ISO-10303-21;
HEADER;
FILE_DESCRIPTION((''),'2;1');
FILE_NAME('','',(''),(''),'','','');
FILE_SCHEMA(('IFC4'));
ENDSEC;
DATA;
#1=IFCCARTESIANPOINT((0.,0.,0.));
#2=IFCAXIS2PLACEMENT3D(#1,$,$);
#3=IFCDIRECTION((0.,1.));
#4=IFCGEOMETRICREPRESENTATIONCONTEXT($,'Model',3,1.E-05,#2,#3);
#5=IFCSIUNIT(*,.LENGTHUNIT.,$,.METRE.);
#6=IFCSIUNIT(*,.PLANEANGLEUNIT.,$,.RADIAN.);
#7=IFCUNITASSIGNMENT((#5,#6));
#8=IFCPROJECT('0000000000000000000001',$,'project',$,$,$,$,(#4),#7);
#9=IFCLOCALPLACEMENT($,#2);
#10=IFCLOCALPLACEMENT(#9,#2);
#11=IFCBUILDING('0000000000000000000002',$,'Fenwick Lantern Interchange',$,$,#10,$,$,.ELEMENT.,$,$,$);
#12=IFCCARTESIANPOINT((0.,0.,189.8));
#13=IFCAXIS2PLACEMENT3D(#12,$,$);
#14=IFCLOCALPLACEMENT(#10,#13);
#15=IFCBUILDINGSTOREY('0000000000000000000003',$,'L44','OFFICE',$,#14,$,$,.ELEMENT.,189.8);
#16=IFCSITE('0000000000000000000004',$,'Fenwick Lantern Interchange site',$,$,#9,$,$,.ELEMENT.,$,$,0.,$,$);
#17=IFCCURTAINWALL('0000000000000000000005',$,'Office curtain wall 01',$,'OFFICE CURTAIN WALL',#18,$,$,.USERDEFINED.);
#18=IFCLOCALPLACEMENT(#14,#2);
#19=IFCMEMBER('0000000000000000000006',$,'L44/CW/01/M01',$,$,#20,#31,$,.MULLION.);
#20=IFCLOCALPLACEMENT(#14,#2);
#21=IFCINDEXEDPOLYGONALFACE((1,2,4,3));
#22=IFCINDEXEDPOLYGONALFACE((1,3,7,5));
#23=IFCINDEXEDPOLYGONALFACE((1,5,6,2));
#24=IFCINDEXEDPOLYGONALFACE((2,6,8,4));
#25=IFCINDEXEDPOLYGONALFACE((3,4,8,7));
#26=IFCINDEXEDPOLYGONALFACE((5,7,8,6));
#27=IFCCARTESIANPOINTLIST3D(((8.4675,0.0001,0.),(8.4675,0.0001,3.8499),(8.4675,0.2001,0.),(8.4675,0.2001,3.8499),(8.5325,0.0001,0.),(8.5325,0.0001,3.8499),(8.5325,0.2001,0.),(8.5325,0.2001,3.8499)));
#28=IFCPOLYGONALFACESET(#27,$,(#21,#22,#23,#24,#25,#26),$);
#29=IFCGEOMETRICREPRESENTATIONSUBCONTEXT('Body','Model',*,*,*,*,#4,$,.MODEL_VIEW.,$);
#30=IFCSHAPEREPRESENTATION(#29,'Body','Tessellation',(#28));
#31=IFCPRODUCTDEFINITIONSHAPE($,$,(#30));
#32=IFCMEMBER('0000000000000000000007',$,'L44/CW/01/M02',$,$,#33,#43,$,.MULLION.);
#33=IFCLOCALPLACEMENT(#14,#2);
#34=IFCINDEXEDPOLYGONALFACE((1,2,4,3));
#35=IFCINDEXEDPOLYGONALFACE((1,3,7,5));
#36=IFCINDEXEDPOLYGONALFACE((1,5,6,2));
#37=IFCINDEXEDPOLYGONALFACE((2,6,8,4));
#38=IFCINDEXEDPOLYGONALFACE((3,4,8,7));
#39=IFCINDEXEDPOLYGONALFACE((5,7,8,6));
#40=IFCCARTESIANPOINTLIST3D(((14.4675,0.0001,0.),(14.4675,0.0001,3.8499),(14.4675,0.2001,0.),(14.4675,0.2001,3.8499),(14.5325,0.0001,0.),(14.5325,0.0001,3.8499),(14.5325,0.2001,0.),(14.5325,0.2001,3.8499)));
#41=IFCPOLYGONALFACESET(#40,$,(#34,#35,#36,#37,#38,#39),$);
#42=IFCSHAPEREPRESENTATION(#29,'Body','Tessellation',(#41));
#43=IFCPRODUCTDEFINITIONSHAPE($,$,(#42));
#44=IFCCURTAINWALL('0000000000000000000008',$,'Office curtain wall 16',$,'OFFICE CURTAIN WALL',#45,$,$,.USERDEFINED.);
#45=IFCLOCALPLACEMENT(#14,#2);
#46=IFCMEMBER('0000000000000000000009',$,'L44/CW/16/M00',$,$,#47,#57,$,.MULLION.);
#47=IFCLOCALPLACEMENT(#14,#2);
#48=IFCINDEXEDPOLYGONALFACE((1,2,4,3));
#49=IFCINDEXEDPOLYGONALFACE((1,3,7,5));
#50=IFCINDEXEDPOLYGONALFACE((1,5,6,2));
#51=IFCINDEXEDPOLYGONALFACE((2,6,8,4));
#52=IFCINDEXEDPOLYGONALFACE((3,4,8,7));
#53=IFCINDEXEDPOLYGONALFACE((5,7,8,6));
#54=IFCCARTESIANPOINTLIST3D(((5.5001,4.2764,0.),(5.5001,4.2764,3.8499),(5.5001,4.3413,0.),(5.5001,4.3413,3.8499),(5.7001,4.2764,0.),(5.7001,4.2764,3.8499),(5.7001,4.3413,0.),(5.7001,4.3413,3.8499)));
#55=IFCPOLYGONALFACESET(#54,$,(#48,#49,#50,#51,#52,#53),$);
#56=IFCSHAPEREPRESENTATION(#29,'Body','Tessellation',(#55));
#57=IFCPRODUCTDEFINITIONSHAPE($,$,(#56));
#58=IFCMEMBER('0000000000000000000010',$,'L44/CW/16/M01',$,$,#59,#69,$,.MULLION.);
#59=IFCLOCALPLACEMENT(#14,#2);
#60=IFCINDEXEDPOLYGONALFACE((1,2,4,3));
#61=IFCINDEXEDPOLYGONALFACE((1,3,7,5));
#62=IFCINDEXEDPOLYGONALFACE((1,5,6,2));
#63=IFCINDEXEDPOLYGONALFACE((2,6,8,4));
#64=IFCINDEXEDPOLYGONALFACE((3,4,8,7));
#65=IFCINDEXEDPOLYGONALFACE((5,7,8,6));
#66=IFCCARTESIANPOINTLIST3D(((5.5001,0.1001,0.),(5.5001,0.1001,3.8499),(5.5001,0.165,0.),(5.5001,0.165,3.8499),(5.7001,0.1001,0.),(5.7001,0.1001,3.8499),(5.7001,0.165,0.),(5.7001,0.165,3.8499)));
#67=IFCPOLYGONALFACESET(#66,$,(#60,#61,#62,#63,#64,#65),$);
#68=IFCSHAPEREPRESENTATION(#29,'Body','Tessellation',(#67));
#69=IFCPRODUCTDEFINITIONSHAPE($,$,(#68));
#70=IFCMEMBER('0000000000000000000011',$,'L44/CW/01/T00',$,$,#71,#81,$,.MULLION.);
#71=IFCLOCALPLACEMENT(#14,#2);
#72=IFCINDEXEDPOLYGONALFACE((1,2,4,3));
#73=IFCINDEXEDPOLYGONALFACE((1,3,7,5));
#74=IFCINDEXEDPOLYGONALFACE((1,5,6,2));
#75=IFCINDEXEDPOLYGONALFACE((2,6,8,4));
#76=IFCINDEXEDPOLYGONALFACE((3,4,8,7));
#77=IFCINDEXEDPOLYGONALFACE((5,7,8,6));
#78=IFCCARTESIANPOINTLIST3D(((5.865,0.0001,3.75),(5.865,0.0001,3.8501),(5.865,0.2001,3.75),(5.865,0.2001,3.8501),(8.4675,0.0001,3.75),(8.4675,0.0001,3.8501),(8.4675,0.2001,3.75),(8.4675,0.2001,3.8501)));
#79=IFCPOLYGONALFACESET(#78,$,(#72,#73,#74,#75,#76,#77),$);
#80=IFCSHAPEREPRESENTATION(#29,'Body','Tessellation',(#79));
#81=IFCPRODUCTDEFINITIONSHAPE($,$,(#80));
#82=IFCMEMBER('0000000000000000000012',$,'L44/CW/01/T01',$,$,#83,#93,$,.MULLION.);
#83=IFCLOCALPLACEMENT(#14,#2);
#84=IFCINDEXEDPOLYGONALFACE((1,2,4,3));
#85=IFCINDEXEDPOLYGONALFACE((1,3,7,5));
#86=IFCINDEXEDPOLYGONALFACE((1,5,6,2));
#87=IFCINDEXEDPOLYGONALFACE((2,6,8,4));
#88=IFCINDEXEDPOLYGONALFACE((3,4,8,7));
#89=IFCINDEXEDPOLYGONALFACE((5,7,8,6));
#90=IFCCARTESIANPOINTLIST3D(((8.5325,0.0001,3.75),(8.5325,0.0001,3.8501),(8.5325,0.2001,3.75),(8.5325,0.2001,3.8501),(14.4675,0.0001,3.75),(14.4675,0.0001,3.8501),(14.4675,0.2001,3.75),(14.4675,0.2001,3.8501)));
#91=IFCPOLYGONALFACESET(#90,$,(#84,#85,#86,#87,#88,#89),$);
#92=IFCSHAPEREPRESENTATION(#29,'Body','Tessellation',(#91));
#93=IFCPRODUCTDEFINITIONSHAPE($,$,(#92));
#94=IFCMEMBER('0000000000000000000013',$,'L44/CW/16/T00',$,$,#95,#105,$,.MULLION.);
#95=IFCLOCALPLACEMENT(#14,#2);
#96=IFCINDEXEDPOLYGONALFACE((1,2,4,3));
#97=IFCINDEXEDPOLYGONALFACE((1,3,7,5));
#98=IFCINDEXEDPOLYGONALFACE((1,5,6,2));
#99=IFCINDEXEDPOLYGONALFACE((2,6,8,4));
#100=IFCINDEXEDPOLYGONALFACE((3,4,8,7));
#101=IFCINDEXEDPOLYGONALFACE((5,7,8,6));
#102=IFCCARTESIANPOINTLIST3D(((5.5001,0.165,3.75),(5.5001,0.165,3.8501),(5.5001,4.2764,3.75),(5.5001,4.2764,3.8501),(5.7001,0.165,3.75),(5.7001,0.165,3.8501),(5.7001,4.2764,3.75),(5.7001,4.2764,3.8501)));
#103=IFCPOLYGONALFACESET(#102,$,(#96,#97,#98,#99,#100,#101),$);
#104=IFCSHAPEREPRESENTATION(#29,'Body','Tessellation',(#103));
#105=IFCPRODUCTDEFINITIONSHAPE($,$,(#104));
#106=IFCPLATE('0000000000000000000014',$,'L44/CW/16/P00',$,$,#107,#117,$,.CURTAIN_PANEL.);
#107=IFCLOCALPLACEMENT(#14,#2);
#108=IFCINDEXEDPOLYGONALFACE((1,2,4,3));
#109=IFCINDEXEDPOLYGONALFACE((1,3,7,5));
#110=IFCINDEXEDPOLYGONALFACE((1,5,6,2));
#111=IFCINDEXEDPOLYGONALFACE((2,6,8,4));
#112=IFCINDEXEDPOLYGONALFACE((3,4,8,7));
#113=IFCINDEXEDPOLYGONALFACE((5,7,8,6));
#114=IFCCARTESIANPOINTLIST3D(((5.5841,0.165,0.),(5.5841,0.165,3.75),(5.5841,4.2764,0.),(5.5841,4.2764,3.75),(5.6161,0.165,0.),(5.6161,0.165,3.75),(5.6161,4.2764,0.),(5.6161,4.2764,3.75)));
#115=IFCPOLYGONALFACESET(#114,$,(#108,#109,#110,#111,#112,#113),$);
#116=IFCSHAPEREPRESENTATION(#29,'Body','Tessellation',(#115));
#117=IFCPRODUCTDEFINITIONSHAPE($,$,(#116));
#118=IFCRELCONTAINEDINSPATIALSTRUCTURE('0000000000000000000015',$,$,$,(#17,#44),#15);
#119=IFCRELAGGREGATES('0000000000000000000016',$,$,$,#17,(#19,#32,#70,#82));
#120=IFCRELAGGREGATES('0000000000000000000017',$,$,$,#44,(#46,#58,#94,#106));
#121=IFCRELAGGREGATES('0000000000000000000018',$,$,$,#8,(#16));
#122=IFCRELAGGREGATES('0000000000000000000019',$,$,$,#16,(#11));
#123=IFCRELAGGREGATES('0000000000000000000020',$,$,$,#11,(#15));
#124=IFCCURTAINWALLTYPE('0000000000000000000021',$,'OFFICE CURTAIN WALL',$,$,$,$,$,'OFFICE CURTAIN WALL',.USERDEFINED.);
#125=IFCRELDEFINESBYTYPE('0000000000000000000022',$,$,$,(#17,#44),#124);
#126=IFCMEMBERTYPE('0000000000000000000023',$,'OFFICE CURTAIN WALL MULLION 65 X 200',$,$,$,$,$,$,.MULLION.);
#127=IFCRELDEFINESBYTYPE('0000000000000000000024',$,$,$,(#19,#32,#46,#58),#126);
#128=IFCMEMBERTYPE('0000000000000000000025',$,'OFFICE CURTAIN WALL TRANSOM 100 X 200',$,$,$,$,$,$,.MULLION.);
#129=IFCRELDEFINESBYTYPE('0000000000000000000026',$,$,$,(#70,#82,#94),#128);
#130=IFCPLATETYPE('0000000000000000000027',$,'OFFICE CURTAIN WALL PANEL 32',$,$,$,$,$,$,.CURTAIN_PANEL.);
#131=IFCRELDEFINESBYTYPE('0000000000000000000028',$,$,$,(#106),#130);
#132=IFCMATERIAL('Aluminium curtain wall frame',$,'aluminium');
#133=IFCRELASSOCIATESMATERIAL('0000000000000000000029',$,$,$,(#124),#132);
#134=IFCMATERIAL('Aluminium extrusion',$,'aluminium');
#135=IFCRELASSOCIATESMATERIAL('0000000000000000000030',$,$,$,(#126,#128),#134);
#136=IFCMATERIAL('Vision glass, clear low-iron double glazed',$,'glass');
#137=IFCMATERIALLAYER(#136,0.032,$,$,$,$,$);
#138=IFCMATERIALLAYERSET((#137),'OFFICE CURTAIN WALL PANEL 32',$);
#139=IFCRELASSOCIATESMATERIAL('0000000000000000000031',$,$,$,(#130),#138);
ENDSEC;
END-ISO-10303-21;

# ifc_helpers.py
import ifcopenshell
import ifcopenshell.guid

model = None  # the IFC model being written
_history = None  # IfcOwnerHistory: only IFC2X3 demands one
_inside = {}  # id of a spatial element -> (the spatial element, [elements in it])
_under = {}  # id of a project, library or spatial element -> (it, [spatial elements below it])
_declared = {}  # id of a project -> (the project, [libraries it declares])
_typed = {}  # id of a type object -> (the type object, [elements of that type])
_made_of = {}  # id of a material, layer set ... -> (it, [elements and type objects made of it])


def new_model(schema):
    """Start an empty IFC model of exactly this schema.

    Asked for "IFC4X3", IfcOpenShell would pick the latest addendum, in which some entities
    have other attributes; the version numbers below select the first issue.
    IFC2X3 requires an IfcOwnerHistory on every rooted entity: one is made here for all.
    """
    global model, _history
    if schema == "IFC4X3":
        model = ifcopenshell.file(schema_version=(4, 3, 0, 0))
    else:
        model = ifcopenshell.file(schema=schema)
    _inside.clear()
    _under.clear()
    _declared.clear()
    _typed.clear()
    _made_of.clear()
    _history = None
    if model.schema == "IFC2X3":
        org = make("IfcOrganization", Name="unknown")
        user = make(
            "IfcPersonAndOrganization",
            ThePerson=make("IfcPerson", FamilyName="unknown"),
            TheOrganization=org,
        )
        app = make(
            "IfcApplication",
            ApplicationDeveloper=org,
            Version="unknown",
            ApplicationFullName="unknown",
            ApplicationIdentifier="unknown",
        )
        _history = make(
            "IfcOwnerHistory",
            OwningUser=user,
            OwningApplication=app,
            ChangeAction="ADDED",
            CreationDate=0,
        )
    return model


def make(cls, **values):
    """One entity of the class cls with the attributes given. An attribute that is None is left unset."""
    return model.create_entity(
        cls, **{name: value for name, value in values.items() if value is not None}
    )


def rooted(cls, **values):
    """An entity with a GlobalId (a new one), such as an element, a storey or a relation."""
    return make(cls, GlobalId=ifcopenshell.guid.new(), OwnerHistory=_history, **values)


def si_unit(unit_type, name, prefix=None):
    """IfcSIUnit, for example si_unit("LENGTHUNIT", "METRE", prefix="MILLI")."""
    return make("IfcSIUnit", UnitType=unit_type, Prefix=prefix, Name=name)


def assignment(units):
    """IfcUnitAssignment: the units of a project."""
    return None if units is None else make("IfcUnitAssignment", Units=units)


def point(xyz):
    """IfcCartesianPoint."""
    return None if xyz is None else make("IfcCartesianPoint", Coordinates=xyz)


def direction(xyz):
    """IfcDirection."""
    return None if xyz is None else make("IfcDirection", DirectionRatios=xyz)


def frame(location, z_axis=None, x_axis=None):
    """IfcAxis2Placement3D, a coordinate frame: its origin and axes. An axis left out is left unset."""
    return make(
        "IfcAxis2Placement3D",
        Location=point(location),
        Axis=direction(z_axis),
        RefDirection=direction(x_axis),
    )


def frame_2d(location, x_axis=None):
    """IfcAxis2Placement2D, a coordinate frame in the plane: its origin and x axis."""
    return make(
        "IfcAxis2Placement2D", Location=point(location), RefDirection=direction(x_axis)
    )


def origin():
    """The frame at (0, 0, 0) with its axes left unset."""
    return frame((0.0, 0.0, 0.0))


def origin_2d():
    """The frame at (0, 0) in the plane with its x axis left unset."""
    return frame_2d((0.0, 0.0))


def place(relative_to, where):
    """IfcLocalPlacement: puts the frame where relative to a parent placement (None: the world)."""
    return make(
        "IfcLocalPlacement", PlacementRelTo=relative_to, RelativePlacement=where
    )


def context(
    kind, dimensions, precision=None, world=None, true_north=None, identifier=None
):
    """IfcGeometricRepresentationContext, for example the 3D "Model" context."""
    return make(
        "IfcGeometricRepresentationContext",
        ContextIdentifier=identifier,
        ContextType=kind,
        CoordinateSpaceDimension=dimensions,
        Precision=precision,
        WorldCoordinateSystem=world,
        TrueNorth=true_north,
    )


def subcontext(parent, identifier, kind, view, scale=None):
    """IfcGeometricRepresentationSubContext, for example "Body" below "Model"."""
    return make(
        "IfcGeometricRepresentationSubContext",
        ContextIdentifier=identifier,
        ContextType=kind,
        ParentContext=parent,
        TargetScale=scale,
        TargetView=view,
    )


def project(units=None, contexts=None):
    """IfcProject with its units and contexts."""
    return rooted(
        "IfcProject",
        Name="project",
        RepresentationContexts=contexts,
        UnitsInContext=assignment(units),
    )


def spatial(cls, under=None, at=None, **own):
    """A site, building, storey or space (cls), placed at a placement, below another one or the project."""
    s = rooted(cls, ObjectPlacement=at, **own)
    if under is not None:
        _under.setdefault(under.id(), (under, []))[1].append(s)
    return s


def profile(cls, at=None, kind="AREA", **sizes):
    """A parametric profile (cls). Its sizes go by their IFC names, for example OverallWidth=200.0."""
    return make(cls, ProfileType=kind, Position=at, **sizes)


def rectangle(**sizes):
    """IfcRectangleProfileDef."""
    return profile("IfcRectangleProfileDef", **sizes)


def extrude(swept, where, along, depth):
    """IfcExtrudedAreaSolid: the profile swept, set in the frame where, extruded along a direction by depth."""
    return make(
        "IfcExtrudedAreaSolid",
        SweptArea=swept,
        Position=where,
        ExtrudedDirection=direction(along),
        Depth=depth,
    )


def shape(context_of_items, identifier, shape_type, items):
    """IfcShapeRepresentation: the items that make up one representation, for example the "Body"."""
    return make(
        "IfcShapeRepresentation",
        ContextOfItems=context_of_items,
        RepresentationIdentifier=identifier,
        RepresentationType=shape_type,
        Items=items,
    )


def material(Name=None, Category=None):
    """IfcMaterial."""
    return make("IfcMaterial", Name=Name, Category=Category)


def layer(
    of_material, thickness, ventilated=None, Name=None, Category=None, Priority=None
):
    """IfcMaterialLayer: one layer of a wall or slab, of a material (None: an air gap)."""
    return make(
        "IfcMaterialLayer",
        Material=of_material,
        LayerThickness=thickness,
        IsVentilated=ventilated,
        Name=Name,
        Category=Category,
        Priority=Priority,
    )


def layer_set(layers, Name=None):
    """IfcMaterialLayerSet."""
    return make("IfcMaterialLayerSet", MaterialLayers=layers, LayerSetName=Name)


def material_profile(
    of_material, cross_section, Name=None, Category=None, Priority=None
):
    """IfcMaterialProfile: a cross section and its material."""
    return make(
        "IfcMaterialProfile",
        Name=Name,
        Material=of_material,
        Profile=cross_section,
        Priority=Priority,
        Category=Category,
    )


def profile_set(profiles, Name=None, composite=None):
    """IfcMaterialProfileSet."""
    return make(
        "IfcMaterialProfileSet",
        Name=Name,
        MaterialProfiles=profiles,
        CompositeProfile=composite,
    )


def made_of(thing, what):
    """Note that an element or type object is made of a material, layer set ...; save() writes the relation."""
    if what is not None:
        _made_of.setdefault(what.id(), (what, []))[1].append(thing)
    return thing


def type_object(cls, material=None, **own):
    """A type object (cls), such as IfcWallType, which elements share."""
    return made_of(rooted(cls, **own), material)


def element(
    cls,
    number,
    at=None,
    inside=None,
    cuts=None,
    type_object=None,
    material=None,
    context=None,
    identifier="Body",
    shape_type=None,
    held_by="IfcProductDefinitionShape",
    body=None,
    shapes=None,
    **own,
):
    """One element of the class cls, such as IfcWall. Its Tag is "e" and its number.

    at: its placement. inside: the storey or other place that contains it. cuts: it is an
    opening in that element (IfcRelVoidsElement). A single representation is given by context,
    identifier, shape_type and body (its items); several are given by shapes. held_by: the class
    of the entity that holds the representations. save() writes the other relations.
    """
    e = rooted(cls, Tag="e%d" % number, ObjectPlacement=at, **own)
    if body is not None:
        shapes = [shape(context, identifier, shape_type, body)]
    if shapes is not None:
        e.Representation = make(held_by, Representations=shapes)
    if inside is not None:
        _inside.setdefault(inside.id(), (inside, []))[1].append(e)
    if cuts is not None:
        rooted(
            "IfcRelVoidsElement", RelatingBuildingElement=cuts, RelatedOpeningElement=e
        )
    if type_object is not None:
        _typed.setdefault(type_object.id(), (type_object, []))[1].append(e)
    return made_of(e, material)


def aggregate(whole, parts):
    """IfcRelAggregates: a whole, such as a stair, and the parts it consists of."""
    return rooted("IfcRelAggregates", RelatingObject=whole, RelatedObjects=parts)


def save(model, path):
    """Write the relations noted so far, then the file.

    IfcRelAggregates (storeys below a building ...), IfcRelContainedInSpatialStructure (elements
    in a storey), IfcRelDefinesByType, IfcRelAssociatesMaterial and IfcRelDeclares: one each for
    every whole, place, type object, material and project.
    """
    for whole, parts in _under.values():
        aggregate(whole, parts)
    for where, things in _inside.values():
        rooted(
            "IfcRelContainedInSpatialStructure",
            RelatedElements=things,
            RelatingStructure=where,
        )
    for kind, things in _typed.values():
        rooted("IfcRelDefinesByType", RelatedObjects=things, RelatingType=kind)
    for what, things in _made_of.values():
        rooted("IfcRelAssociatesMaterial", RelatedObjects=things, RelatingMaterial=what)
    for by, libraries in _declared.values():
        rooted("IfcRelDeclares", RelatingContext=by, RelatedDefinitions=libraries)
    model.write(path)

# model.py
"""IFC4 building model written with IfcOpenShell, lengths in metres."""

from ifc_helpers import new_model, si_unit, direction, frame, origin, origin_2d, place, context, subcontext, project, spatial, rectangle, extrude, material, layer, layer_set, material_profile, profile_set, type_object, element, aggregate, save


model = new_model("IFC4")

# Units and contexts
model_context = context("Model", 3, precision=1e-05, world=origin(), true_north=direction((0.0, 1.0)))
body_context = subcontext(model_context, "Body", "Model", "MODEL_VIEW")
ifc_project = project(units=[si_unit("LENGTHUNIT", "METRE"), si_unit("PLANEANGLEUNIT", "RADIAN")], contexts=[model_context])

# Site, building, storey
site_placement = place(None, origin())
site = spatial("IfcSite", under=ifc_project, at=site_placement, Name="Fenwick Lantern Interchange site", CompositionType="ELEMENT", RefElevation=0.0)
building_placement = place(site_placement, origin())
building = spatial("IfcBuilding", under=site, at=building_placement, Name="Fenwick Lantern Interchange", CompositionType="ELEMENT")
storey_placement = place(building_placement, frame((0.0, 0.0, 189.8)))
storey = spatial("IfcBuildingStorey", under=building, at=storey_placement, Name="L44", Description="OFFICE", CompositionType="ELEMENT", Elevation=189.8)

# Curtain walls, members
ifc_material_1 = material(Name="Aluminium curtain wall frame", Category="aluminium")
curtain_wall_type = type_object("IfcCurtainWallType", Name="OFFICE CURTAIN WALL", ElementType="OFFICE CURTAIN WALL", PredefinedType="USERDEFINED", material=ifc_material_1)
curtain_wall_1_placement = place(storey_placement, origin())
curtain_wall_1 = element("IfcCurtainWall", 1, at=curtain_wall_1_placement, inside=storey, type_object=curtain_wall_type, Name="Office curtain wall 01", ObjectType="OFFICE CURTAIN WALL", PredefinedType="USERDEFINED")
ifc_material_2 = material(Name="Aluminium extrusion", Category="aluminium")
ifc_material_profile_1 = material_profile(ifc_material_2, rectangle(XDim=0.2, YDim=0.0649, at=origin_2d()), Name="OFFICE CURTAIN WALL MULLION 65 X 200")
ifc_profile_set_1 = profile_set([ifc_material_profile_1], Name="Aluminium extrusion")
member_type_1 = type_object("IfcMemberType", Name="OFFICE CURTAIN WALL MULLION 65 X 200", PredefinedType="MULLION", material=ifc_profile_set_1)
member_1_placement = place(storey_placement, frame((8.5, 0.1001, 0.0), z_axis=(0.0, 0.0, 1.0), x_axis=(0.0, 1.0, 0.0)))
member_1 = element("IfcMember", 2, at=member_1_placement, type_object=member_type_1, Name="L44/CW/01/M01", PredefinedType="MULLION", context=body_context, shape_type="SweptSolid", body=[
    extrude(rectangle(XDim=0.2, YDim=0.0649, at=origin_2d()), origin(), (0.0, 0.0, 1.0), 3.8499),
])
member_2_placement = place(storey_placement, frame((14.5, 0.1001, 0.0), z_axis=(0.0, 0.0, 1.0), x_axis=(0.0, 1.0, 0.0)))
member_2 = element("IfcMember", 3, at=member_2_placement, type_object=member_type_1, Name="L44/CW/01/M02", PredefinedType="MULLION", context=body_context, shape_type="SweptSolid", body=[
    extrude(rectangle(XDim=0.2, YDim=0.0649, at=origin_2d()), origin(), (0.0, 0.0, 1.0), 3.8499),
])
curtain_wall_2_placement = place(storey_placement, origin())
curtain_wall_2 = element("IfcCurtainWall", 4, at=curtain_wall_2_placement, inside=storey, type_object=curtain_wall_type, Name="Office curtain wall 16", ObjectType="OFFICE CURTAIN WALL", PredefinedType="USERDEFINED")
member_3_placement = place(storey_placement, frame((5.6001, 4.3088, 0.0), z_axis=(0.0, 0.0, 1.0), x_axis=(1.0, 0.0, 0.0)))
member_3 = element("IfcMember", 5, at=member_3_placement, type_object=member_type_1, Name="L44/CW/16/M00", PredefinedType="MULLION", context=body_context, shape_type="SweptSolid", body=[
    extrude(rectangle(XDim=0.2, YDim=0.0649, at=origin_2d()), origin(), (0.0, 0.0, 1.0), 3.8499),
])
member_4_placement = place(storey_placement, frame((5.6001, 0.1326, 0.0), z_axis=(0.0, 0.0, 1.0), x_axis=(1.0, 0.0, 0.0)))
member_4 = element("IfcMember", 6, at=member_4_placement, type_object=member_type_1, Name="L44/CW/16/M01", PredefinedType="MULLION", context=body_context, shape_type="SweptSolid", body=[
    extrude(rectangle(XDim=0.2, YDim=0.0649, at=origin_2d()), origin(), (0.0, 0.0, 1.0), 3.8499),
])

# Members
ifc_material_profile_2 = material_profile(ifc_material_2, rectangle(XDim=0.2, YDim=0.1001, at=origin_2d()), Name="OFFICE CURTAIN WALL TRANSOM 100 X 200")
ifc_profile_set_2 = profile_set([ifc_material_profile_2], Name="Aluminium extrusion")
member_type_2 = type_object("IfcMemberType", Name="OFFICE CURTAIN WALL TRANSOM 100 X 200", PredefinedType="MULLION", material=ifc_profile_set_2)
member_5_placement = place(storey_placement, frame((5.865, 0.1001, 3.8), z_axis=(1.0, 0.0, 0.0), x_axis=(0.0, 1.0, 0.0)))
member_5 = element("IfcMember", 7, at=member_5_placement, type_object=member_type_2, Name="L44/CW/01/T00", PredefinedType="MULLION", context=body_context, shape_type="SweptSolid", body=[
    extrude(rectangle(XDim=0.2, YDim=0.1001, at=origin_2d()), origin(), (0.0, 0.0, 1.0), 2.6025),
])
member_6_placement = place(storey_placement, frame((8.5325, 0.1001, 3.8), z_axis=(1.0, 0.0, 0.0), x_axis=(0.0, 1.0, 0.0)))
member_6 = element("IfcMember", 8, at=member_6_placement, type_object=member_type_2, Name="L44/CW/01/T01", PredefinedType="MULLION", context=body_context, shape_type="SweptSolid", body=[
    extrude(rectangle(XDim=0.2, YDim=0.1001, at=origin_2d()), origin(), (0.0, 0.0, 1.0), 5.9351),
])
member_7_placement = place(storey_placement, frame((5.6001, 4.2764, 3.8), z_axis=(0.0, -1.0, 0.0), x_axis=(1.0, 0.0, 0.0)))
member_7 = element("IfcMember", 9, at=member_7_placement, type_object=member_type_2, Name="L44/CW/16/T00", PredefinedType="MULLION", context=body_context, shape_type="SweptSolid", body=[
    extrude(rectangle(XDim=0.2, YDim=0.1001, at=origin_2d()), origin(), (0.0, 0.0, 1.0), 4.1113),
])

# Plate
ifc_material_3 = material(Name="Vision glass, clear low-iron double glazed", Category="glass")
ifc_layer_1 = layer(ifc_material_3, 0.032)
ifc_layer_set_1 = layer_set([ifc_layer_1], Name="OFFICE CURTAIN WALL PANEL 32")
plate_type = type_object("IfcPlateType", Name="OFFICE CURTAIN WALL PANEL 32", PredefinedType="CURTAIN_PANEL", material=ifc_layer_set_1)
aggregate(curtain_wall_1, [member_1, member_2, member_5, member_6])
plate_1_placement = place(storey_placement, frame((5.6001, 2.2207, 0.0), z_axis=(0.0, 0.0, 1.0), x_axis=(0.0, -1.0, 0.0)))
plate_1 = element("IfcPlate", 10, at=plate_1_placement, type_object=plate_type, Name="L44/CW/16/P00", PredefinedType="CURTAIN_PANEL", context=body_context, shape_type="SweptSolid", body=[
    extrude(rectangle(XDim=4.1113, YDim=0.032, at=origin_2d()), origin(), (0.0, 0.0, 1.0), 3.75),
])
aggregate(curtain_wall_2, [member_3, member_4, member_7, plate_1])

save(model, "model.ifc")
